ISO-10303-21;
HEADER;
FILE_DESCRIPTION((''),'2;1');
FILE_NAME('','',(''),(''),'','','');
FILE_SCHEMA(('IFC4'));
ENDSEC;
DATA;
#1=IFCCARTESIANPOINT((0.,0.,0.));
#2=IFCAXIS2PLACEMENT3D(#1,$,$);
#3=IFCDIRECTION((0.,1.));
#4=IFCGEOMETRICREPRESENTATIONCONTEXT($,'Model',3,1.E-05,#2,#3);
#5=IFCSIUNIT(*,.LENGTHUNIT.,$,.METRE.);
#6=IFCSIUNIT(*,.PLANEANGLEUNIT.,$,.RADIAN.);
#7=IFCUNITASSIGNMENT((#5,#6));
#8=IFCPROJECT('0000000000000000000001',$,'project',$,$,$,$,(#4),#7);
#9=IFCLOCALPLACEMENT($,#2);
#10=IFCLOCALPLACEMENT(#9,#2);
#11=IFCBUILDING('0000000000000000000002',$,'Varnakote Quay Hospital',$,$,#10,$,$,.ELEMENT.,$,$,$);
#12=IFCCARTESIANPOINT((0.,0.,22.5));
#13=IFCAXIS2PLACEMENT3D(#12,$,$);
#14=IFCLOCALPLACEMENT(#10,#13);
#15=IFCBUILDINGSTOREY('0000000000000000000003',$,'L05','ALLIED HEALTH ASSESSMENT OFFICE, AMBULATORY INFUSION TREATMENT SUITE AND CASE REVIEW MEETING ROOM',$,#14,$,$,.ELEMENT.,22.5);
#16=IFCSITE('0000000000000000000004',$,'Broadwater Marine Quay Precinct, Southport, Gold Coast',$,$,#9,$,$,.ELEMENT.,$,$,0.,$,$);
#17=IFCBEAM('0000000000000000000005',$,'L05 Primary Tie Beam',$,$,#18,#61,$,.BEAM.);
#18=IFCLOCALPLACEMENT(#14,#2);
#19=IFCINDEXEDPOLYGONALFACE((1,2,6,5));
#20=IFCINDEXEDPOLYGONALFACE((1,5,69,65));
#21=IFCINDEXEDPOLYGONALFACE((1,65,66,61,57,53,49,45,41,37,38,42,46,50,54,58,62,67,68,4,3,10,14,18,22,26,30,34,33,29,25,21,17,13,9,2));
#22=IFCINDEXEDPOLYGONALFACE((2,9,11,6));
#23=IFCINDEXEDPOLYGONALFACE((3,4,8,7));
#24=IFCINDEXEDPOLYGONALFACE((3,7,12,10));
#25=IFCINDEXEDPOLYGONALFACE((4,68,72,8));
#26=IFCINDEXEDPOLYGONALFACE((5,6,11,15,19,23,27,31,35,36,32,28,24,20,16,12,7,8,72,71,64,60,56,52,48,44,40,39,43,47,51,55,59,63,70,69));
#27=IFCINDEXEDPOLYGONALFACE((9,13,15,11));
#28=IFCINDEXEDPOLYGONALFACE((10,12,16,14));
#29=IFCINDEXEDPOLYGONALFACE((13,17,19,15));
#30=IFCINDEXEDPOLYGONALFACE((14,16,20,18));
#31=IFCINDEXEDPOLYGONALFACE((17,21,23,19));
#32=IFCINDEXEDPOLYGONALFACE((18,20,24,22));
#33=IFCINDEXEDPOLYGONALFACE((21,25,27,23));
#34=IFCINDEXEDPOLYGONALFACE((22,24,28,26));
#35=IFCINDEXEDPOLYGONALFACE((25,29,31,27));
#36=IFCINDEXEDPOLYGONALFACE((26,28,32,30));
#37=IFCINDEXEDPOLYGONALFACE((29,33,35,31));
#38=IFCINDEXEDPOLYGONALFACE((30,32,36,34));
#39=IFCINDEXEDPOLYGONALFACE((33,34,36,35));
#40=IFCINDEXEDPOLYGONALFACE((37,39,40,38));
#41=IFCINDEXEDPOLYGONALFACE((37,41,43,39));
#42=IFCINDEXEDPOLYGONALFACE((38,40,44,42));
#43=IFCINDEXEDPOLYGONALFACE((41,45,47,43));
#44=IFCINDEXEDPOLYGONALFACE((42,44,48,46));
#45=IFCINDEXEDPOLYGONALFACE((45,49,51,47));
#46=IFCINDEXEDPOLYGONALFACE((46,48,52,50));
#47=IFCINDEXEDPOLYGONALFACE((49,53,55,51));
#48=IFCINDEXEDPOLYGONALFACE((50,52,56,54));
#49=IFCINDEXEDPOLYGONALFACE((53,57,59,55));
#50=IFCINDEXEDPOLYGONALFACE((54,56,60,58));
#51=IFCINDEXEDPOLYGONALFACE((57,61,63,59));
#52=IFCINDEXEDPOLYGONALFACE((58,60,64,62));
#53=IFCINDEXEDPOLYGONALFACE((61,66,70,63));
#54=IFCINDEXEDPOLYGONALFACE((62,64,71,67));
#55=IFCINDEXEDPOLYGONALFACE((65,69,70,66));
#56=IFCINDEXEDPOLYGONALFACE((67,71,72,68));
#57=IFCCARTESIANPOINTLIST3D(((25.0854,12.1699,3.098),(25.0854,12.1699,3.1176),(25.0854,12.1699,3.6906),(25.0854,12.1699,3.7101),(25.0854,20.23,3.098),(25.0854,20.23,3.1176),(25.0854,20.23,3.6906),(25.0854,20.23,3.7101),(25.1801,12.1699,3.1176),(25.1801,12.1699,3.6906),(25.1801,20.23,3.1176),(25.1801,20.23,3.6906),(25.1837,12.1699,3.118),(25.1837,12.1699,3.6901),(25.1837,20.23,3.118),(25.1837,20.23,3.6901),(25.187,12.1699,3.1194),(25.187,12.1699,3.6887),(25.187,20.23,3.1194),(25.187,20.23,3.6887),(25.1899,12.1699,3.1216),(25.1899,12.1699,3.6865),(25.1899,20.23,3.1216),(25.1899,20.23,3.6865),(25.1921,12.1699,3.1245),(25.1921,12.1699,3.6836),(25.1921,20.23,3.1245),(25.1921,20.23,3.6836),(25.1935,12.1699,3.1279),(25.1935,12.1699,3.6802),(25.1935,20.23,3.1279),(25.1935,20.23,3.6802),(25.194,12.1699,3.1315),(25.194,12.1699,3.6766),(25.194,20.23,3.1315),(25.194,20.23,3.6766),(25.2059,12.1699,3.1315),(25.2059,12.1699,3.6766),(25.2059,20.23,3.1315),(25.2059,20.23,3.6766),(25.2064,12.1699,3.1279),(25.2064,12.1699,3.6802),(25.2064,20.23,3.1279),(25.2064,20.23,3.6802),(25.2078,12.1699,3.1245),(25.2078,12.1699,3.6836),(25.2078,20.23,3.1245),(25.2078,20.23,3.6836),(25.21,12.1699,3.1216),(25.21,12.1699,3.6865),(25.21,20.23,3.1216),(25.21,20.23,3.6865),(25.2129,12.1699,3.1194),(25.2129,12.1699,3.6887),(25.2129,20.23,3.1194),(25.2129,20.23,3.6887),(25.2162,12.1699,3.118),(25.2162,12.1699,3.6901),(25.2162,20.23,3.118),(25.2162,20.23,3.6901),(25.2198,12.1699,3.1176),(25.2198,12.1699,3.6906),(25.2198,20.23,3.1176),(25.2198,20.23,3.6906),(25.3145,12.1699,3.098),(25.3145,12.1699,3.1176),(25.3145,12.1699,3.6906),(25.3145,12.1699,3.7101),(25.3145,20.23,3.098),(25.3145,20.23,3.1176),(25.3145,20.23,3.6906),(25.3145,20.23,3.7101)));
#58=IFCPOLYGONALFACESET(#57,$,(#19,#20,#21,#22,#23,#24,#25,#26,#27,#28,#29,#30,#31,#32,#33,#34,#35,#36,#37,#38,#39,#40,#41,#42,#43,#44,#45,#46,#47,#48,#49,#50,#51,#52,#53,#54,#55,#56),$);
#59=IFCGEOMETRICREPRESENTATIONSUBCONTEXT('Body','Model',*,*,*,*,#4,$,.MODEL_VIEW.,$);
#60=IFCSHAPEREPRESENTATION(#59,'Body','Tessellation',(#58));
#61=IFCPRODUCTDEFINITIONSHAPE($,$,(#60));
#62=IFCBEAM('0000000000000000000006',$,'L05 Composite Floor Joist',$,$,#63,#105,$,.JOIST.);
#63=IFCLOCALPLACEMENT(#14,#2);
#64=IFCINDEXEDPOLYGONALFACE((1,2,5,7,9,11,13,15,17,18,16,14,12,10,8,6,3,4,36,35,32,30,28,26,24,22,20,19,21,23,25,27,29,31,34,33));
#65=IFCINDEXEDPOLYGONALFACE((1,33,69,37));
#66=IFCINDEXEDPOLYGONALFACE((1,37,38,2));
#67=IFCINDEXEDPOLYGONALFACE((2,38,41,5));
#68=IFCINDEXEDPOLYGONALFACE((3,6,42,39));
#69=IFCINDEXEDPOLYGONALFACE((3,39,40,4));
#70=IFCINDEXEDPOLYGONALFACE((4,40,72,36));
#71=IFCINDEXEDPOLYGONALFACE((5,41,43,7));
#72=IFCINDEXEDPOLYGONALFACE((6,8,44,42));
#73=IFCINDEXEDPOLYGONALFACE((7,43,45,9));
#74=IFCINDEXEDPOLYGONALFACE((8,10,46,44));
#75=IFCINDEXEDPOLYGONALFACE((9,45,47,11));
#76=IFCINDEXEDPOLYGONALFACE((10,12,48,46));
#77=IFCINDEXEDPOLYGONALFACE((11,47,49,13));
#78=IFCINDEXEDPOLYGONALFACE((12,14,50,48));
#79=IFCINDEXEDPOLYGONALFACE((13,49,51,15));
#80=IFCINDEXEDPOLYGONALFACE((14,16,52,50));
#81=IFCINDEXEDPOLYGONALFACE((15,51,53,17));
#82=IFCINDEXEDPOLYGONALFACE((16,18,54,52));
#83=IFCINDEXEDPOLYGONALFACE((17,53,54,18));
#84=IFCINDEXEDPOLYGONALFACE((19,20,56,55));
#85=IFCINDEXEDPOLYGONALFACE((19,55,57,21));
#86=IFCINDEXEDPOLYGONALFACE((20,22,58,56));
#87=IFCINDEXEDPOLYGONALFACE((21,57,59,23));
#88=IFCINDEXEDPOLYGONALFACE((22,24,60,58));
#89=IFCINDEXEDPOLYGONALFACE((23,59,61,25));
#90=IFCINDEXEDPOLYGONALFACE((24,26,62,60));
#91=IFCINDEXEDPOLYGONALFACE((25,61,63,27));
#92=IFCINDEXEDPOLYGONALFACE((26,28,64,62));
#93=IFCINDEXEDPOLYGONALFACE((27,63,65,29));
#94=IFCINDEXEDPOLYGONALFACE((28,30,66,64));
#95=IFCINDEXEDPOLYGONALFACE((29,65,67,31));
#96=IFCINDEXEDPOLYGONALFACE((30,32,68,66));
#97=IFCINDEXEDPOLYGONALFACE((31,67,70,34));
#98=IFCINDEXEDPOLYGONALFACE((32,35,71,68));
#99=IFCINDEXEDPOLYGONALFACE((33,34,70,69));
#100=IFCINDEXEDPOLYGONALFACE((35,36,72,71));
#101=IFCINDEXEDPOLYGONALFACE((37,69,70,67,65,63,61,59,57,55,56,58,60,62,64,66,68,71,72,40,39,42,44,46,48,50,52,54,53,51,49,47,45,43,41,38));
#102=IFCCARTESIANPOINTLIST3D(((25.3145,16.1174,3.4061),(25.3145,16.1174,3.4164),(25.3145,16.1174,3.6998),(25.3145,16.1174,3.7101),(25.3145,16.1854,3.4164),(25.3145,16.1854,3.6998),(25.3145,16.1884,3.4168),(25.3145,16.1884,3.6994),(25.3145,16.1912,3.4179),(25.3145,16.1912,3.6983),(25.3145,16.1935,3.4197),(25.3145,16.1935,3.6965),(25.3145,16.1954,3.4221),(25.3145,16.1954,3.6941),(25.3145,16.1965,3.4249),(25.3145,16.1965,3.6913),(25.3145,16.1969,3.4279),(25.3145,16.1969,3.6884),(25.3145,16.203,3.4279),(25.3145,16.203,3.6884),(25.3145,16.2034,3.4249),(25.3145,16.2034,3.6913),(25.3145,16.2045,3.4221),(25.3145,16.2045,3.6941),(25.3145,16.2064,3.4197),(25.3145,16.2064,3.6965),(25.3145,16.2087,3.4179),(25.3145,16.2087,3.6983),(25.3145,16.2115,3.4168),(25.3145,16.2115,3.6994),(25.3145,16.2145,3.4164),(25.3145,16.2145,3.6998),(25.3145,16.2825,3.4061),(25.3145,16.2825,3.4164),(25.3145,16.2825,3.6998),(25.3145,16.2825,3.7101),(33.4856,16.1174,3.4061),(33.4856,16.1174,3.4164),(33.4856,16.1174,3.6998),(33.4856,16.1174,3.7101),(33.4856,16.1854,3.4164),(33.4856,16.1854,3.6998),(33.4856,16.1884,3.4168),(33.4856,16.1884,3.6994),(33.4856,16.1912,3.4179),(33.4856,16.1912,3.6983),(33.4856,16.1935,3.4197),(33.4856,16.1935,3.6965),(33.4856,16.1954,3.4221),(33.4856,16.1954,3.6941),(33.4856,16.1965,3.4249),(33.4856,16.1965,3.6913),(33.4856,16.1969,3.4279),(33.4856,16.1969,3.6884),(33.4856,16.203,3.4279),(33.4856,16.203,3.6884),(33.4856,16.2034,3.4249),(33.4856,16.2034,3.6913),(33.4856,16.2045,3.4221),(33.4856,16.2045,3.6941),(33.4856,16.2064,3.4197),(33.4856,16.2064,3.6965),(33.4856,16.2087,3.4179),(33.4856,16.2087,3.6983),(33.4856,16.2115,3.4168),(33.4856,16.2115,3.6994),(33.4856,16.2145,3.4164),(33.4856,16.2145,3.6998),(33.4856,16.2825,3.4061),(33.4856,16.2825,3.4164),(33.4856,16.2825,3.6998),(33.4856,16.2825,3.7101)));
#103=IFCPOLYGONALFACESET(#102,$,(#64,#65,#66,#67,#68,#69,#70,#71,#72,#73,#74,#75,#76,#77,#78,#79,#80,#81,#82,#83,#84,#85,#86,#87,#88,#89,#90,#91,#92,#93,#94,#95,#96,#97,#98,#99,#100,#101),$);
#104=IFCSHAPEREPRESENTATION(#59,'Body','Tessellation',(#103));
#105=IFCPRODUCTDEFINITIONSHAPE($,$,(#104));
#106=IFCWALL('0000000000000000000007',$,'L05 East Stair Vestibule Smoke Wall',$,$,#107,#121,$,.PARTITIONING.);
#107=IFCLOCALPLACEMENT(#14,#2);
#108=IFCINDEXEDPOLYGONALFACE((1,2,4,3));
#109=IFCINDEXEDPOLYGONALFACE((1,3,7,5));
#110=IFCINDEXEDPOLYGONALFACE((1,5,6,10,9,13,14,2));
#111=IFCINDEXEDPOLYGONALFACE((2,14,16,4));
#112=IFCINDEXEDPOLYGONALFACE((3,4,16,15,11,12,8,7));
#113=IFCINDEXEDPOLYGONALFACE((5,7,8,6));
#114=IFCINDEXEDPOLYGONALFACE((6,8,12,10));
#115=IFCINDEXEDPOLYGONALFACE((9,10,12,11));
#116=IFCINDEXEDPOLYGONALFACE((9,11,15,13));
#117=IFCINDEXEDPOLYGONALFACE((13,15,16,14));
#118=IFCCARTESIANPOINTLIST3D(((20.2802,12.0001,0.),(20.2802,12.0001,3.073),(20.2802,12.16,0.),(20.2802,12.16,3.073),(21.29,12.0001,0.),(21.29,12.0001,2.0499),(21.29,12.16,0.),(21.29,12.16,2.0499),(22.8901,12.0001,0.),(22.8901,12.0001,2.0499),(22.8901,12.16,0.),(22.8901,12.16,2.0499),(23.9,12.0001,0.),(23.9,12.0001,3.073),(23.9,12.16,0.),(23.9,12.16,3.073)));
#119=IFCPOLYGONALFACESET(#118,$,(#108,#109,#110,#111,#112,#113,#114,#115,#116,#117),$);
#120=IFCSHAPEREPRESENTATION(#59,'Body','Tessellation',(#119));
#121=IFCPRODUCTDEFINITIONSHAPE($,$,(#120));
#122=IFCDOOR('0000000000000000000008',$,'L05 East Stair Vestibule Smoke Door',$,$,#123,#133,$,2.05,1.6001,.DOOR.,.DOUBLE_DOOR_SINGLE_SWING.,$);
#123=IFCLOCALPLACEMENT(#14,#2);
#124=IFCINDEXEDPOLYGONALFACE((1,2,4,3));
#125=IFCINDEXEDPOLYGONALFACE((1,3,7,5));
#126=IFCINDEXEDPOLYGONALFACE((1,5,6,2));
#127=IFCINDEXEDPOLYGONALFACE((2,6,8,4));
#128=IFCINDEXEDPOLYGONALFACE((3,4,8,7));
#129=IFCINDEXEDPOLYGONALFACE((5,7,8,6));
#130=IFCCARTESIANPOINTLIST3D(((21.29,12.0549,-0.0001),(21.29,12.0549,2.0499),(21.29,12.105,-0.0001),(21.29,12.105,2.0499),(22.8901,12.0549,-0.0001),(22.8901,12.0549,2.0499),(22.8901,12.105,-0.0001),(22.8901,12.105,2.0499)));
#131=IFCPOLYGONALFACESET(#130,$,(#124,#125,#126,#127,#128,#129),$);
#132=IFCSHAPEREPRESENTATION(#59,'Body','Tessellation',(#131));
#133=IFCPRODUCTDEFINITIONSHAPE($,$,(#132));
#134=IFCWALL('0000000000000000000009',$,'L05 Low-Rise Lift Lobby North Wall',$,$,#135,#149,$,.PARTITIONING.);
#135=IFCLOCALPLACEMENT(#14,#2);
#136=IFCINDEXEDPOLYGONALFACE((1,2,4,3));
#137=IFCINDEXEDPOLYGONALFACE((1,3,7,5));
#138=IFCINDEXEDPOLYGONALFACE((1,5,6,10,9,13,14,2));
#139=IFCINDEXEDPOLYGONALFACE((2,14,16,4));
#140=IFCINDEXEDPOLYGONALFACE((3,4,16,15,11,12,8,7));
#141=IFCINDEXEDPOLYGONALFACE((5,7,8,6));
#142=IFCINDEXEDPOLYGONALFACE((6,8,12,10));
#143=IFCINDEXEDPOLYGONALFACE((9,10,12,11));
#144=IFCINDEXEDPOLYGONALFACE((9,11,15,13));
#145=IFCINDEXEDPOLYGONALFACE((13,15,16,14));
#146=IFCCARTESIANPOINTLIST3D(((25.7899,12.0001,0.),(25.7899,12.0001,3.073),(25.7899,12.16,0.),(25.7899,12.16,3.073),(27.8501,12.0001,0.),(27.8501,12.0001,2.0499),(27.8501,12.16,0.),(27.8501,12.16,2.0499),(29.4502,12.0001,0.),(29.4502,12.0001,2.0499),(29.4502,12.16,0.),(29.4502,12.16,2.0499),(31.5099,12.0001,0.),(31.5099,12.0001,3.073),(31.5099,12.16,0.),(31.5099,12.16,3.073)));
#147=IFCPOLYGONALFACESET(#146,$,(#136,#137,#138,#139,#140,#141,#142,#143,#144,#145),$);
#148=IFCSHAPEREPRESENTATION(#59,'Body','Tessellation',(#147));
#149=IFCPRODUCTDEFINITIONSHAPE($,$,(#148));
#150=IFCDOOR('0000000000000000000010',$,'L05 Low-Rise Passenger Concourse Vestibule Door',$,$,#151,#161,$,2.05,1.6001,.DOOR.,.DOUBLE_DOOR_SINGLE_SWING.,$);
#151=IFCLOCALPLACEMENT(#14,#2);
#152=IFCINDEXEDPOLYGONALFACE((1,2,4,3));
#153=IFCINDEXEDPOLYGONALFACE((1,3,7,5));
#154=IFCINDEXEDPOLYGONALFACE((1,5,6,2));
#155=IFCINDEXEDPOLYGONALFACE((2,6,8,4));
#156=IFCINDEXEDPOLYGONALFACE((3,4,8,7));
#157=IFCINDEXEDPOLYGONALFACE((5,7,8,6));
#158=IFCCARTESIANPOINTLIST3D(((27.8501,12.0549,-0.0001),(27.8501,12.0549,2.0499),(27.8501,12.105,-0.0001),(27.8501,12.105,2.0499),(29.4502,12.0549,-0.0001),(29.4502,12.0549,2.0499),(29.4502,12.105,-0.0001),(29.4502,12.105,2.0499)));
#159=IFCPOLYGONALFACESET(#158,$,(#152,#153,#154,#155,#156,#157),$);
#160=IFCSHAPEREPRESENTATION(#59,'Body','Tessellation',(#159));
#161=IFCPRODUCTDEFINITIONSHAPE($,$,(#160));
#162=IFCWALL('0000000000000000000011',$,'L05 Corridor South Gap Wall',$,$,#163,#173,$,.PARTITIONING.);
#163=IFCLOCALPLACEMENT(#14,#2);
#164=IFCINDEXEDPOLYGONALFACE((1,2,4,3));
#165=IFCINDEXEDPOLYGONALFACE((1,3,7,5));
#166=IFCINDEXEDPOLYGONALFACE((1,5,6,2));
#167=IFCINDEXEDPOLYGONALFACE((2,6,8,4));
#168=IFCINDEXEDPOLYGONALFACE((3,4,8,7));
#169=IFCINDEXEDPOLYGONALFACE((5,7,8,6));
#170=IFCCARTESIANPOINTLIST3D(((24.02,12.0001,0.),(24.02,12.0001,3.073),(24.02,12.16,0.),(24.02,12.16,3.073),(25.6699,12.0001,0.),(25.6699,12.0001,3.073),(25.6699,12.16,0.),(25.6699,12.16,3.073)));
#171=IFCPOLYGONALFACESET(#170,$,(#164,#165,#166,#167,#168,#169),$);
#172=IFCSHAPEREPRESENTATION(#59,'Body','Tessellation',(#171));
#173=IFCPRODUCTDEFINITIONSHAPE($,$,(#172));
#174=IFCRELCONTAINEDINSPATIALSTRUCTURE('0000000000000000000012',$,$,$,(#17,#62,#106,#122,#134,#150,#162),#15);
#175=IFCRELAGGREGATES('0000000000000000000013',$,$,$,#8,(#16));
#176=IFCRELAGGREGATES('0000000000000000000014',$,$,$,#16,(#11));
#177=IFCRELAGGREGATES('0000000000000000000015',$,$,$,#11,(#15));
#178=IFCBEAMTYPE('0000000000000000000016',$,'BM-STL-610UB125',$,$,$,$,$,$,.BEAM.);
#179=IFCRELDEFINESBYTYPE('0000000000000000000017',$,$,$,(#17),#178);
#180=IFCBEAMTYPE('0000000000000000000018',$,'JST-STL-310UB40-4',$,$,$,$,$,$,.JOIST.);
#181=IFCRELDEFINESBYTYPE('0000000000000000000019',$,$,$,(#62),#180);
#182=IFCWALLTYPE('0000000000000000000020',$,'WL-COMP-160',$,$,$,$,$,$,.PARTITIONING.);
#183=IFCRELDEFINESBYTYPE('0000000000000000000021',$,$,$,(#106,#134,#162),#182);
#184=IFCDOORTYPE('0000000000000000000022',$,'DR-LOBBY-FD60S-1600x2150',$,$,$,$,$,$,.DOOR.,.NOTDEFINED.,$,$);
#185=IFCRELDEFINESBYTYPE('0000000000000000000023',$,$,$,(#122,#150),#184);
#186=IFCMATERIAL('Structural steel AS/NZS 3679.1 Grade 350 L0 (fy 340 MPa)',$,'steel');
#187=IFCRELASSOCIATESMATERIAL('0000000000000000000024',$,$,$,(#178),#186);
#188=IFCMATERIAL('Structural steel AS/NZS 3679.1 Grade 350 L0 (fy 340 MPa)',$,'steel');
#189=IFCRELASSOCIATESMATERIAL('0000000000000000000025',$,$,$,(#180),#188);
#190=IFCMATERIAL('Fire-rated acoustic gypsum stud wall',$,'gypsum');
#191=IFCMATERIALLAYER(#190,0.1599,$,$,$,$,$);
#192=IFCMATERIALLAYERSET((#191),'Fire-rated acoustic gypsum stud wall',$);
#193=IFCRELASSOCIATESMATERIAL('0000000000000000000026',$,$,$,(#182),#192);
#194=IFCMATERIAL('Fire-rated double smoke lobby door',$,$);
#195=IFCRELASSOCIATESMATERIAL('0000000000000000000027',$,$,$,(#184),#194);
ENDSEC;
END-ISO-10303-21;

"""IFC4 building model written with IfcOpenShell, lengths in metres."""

from ifc_helpers import new_model, si_unit, direction, frame, frame_2d, origin, origin_2d, place, context, subcontext, project, spatial, rectangle, i_section, extrude, material, layer, layer_set, material_profile, profile_set, type_object, element, fill, save


model = new_model("IFC4")

# Units and contexts
model_context = context("Model", 3, precision=1e-05, world=origin(), true_north=direction((0.0, 1.0)))
body_context = subcontext(model_context, "Body", "Model", "MODEL_VIEW")
ifc_project = project(units=[si_unit("LENGTHUNIT", "METRE"), si_unit("PLANEANGLEUNIT", "RADIAN")], contexts=[model_context])

# Site, building, storey
site_placement = place(None, origin())
site = spatial("IfcSite", under=ifc_project, at=site_placement, Name="Broadwater Marine Quay Precinct, Southport, Gold Coast", CompositionType="ELEMENT", RefElevation=0.0)
building_placement = place(site_placement, origin())
building = spatial("IfcBuilding", under=site, at=building_placement, Name="Varnakote Quay Hospital", CompositionType="ELEMENT")
storey_placement = place(building_placement, frame((0.0, 0.0, 22.5)))
storey = spatial("IfcBuildingStorey", under=building, at=storey_placement, Name="L05", Description="ALLIED HEALTH ASSESSMENT OFFICE, AMBULATORY INFUSION TREATMENT SUITE AND CASE REVIEW MEETING ROOM", CompositionType="ELEMENT", Elevation=22.5)

# Beams
ifc_material_1 = material(Name="Structural steel AS/NZS 3679.1 Grade 350 L0 (fy 340 MPa)", Category="steel")
ifc_material_profile_1 = material_profile(ifc_material_1, i_section(OverallWidth=0.229, OverallDepth=0.6121, WebThickness=0.012, FlangeThickness=0.0195, FilletRadius=0.0139, at=origin_2d()), Name="610UB125")
ifc_profile_set_1 = profile_set([ifc_material_profile_1], Name="Structural steel AS/NZS 3679.1 Grade 350 L0 (fy 340 MPa)")
beam_type_1 = type_object("IfcBeamType", Name="BM-STL-610UB125", PredefinedType="BEAM", material=ifc_profile_set_1)
beam_1_placement = place(storey_placement, frame((25.2, 12.1699, 3.4041), z_axis=(0.0, 1.0, 0.0), x_axis=(-1.0, 0.0, 0.0)))
element("IfcBeam", 1, at=beam_1_placement, inside=storey, type_object=beam_type_1, Name="L05 Primary Tie Beam", PredefinedType="BEAM", context=body_context, shape_type="SweptSolid", body=[
    extrude(i_section(OverallWidth=0.229, OverallDepth=0.6121, WebThickness=0.012, FlangeThickness=0.0195, FilletRadius=0.0139, at=origin_2d()), origin(), (0.0, 0.0, 1.0), 8.0601),
])
ifc_material_2 = material(Name="Structural steel AS/NZS 3679.1 Grade 350 L0 (fy 340 MPa)", Category="steel")
ifc_material_profile_2 = material_profile(ifc_material_2, i_section(OverallWidth=0.165, OverallDepth=0.304, WebThickness=0.0061, FlangeThickness=0.0103, FilletRadius=0.0115, at=origin_2d()), Name="310UB40.4")
ifc_profile_set_2 = profile_set([ifc_material_profile_2], Name="Structural steel AS/NZS 3679.1 Grade 350 L0 (fy 340 MPa)")
beam_type_2 = type_object("IfcBeamType", Name="JST-STL-310UB40-4", PredefinedType="JOIST", material=ifc_profile_set_2)
beam_2_placement = place(storey_placement, frame((25.3145, 16.2, 3.5581), z_axis=(1.0, 0.0, 0.0), x_axis=(0.0, 1.0, 0.0)))
element("IfcBeam", 2, at=beam_2_placement, inside=storey, type_object=beam_type_2, Name="L05 Composite Floor Joist", PredefinedType="JOIST", context=body_context, shape_type="SweptSolid", body=[
    extrude(i_section(OverallWidth=0.165, OverallDepth=0.304, WebThickness=0.0061, FlangeThickness=0.0103, FilletRadius=0.0115, at=origin_2d()), origin(), (0.0, 0.0, 1.0), 8.1711),
])

# Walls, openings, doors
ifc_material_3 = material(Name="Fire-rated acoustic gypsum stud wall", Category="gypsum")
ifc_layer_1 = layer(ifc_material_3, 0.1599)
ifc_layer_set_1 = layer_set([ifc_layer_1], Name="Fire-rated acoustic gypsum stud wall")
wall_type_1 = type_object("IfcWallType", Name="WL-COMP-160", PredefinedType="PARTITIONING", material=ifc_layer_set_1)
wall_1_placement = place(storey_placement, frame((20.28, 12.0801, 0.0), z_axis=(0.0, 0.0, 1.0), x_axis=(1.0, 0.0, 0.0)))
wall_1 = element("IfcWall", 3, at=wall_1_placement, inside=storey, type_object=wall_type_1, Name="L05 East Stair Vestibule Smoke Wall", PredefinedType="PARTITIONING", context=body_context, shape_type="SweptSolid", body=[
    extrude(rectangle(XDim=3.6199, YDim=0.1599, at=frame_2d((1.8101, 0.0))), origin(), (0.0, 0.0, 1.0), 3.073),
])
opening_1_placement = place(wall_1_placement, frame((1.01, 0.0, 0.0)))
opening_1 = element("IfcOpeningElement", 4, at=opening_1_placement, cuts=wall_1, PredefinedType="OPENING", context=body_context, shape_type="SweptSolid", body=[
    extrude(rectangle(XDim=1.6001, YDim=2.05, at=frame_2d((0.8, 1.0249))), frame((0.0, 0.0898, 0.0), z_axis=(0.0, -1.0, 0.0), x_axis=(1.0, 0.0, 0.0)), (0.0, 0.0, 1.0), 0.1799),
])
ifc_material_4 = material(Name="Fire-rated double smoke lobby door")
door_type_1 = type_object("IfcDoorType", Name="DR-LOBBY-FD60S-1600x2150", OperationType="NOTDEFINED", PredefinedType="DOOR", material=ifc_material_4)
door_1_placement = place(opening_1_placement, origin())
door_1 = element("IfcDoor", 5, at=door_1_placement, inside=storey, type_object=door_type_1, Name="L05 East Stair Vestibule Smoke Door", OperationType="DOUBLE_DOOR_SINGLE_SWING", OverallHeight=2.05, OverallWidth=1.6001, PredefinedType="DOOR", context=body_context, shape_type="SweptSolid", body=[
    extrude(rectangle(XDim=1.6001, YDim=2.05, at=frame_2d((0.8, 1.0249))), frame((0.0, 0.0249, 0.0), z_axis=(0.0, -1.0, 0.0), x_axis=(1.0, 0.0, 0.0)), (0.0, 0.0, 1.0), 0.05),
])
fill(opening_1, door_1)
wall_2_placement = place(storey_placement, frame((25.79, 12.0801, 0.0), z_axis=(0.0, 0.0, 1.0), x_axis=(1.0, 0.0, 0.0)))
wall_2 = element("IfcWall", 6, at=wall_2_placement, inside=storey, type_object=wall_type_1, Name="L05 Low-Rise Lift Lobby North Wall", PredefinedType="PARTITIONING", context=body_context, shape_type="SweptSolid", body=[
    extrude(rectangle(XDim=5.72, YDim=0.1599, at=frame_2d((2.8599, 0.0))), origin(), (0.0, 0.0, 1.0), 3.073),
])
opening_2_placement = place(wall_2_placement, frame((2.0601, 0.0, 0.0)))
opening_2 = element("IfcOpeningElement", 7, at=opening_2_placement, cuts=wall_2, PredefinedType="OPENING", context=body_context, shape_type="SweptSolid", body=[
    extrude(rectangle(XDim=1.6001, YDim=2.05, at=frame_2d((0.8, 1.0249))), frame((0.0, 0.0898, 0.0), z_axis=(0.0, -1.0, 0.0), x_axis=(1.0, 0.0, 0.0)), (0.0, 0.0, 1.0), 0.1799),
])
door_2_placement = place(opening_2_placement, origin())
door_2 = element("IfcDoor", 8, at=door_2_placement, inside=storey, type_object=door_type_1, Name="L05 Low-Rise Passenger Concourse Vestibule Door", OperationType="DOUBLE_DOOR_SINGLE_SWING", OverallHeight=2.05, OverallWidth=1.6001, PredefinedType="DOOR", context=body_context, shape_type="SweptSolid", body=[
    extrude(rectangle(XDim=1.6001, YDim=2.05, at=frame_2d((0.8, 1.0249))), frame((0.0, 0.0249, 0.0), z_axis=(0.0, -1.0, 0.0), x_axis=(1.0, 0.0, 0.0)), (0.0, 0.0, 1.0), 0.05),
])
fill(opening_2, door_2)

# Wall
wall_3_placement = place(storey_placement, frame((24.02, 12.0801, 0.0), z_axis=(0.0, 0.0, 1.0), x_axis=(1.0, 0.0, 0.0)))
element("IfcWall", 9, at=wall_3_placement, inside=storey, type_object=wall_type_1, Name="L05 Corridor South Gap Wall", PredefinedType="PARTITIONING", context=body_context, shape_type="SweptSolid", body=[
    extrude(rectangle(XDim=1.6499, YDim=0.1599, at=frame_2d((0.825, 0.0))), origin(), (0.0, 0.0, 1.0), 3.073),
])

save(model, "model.ifc")
